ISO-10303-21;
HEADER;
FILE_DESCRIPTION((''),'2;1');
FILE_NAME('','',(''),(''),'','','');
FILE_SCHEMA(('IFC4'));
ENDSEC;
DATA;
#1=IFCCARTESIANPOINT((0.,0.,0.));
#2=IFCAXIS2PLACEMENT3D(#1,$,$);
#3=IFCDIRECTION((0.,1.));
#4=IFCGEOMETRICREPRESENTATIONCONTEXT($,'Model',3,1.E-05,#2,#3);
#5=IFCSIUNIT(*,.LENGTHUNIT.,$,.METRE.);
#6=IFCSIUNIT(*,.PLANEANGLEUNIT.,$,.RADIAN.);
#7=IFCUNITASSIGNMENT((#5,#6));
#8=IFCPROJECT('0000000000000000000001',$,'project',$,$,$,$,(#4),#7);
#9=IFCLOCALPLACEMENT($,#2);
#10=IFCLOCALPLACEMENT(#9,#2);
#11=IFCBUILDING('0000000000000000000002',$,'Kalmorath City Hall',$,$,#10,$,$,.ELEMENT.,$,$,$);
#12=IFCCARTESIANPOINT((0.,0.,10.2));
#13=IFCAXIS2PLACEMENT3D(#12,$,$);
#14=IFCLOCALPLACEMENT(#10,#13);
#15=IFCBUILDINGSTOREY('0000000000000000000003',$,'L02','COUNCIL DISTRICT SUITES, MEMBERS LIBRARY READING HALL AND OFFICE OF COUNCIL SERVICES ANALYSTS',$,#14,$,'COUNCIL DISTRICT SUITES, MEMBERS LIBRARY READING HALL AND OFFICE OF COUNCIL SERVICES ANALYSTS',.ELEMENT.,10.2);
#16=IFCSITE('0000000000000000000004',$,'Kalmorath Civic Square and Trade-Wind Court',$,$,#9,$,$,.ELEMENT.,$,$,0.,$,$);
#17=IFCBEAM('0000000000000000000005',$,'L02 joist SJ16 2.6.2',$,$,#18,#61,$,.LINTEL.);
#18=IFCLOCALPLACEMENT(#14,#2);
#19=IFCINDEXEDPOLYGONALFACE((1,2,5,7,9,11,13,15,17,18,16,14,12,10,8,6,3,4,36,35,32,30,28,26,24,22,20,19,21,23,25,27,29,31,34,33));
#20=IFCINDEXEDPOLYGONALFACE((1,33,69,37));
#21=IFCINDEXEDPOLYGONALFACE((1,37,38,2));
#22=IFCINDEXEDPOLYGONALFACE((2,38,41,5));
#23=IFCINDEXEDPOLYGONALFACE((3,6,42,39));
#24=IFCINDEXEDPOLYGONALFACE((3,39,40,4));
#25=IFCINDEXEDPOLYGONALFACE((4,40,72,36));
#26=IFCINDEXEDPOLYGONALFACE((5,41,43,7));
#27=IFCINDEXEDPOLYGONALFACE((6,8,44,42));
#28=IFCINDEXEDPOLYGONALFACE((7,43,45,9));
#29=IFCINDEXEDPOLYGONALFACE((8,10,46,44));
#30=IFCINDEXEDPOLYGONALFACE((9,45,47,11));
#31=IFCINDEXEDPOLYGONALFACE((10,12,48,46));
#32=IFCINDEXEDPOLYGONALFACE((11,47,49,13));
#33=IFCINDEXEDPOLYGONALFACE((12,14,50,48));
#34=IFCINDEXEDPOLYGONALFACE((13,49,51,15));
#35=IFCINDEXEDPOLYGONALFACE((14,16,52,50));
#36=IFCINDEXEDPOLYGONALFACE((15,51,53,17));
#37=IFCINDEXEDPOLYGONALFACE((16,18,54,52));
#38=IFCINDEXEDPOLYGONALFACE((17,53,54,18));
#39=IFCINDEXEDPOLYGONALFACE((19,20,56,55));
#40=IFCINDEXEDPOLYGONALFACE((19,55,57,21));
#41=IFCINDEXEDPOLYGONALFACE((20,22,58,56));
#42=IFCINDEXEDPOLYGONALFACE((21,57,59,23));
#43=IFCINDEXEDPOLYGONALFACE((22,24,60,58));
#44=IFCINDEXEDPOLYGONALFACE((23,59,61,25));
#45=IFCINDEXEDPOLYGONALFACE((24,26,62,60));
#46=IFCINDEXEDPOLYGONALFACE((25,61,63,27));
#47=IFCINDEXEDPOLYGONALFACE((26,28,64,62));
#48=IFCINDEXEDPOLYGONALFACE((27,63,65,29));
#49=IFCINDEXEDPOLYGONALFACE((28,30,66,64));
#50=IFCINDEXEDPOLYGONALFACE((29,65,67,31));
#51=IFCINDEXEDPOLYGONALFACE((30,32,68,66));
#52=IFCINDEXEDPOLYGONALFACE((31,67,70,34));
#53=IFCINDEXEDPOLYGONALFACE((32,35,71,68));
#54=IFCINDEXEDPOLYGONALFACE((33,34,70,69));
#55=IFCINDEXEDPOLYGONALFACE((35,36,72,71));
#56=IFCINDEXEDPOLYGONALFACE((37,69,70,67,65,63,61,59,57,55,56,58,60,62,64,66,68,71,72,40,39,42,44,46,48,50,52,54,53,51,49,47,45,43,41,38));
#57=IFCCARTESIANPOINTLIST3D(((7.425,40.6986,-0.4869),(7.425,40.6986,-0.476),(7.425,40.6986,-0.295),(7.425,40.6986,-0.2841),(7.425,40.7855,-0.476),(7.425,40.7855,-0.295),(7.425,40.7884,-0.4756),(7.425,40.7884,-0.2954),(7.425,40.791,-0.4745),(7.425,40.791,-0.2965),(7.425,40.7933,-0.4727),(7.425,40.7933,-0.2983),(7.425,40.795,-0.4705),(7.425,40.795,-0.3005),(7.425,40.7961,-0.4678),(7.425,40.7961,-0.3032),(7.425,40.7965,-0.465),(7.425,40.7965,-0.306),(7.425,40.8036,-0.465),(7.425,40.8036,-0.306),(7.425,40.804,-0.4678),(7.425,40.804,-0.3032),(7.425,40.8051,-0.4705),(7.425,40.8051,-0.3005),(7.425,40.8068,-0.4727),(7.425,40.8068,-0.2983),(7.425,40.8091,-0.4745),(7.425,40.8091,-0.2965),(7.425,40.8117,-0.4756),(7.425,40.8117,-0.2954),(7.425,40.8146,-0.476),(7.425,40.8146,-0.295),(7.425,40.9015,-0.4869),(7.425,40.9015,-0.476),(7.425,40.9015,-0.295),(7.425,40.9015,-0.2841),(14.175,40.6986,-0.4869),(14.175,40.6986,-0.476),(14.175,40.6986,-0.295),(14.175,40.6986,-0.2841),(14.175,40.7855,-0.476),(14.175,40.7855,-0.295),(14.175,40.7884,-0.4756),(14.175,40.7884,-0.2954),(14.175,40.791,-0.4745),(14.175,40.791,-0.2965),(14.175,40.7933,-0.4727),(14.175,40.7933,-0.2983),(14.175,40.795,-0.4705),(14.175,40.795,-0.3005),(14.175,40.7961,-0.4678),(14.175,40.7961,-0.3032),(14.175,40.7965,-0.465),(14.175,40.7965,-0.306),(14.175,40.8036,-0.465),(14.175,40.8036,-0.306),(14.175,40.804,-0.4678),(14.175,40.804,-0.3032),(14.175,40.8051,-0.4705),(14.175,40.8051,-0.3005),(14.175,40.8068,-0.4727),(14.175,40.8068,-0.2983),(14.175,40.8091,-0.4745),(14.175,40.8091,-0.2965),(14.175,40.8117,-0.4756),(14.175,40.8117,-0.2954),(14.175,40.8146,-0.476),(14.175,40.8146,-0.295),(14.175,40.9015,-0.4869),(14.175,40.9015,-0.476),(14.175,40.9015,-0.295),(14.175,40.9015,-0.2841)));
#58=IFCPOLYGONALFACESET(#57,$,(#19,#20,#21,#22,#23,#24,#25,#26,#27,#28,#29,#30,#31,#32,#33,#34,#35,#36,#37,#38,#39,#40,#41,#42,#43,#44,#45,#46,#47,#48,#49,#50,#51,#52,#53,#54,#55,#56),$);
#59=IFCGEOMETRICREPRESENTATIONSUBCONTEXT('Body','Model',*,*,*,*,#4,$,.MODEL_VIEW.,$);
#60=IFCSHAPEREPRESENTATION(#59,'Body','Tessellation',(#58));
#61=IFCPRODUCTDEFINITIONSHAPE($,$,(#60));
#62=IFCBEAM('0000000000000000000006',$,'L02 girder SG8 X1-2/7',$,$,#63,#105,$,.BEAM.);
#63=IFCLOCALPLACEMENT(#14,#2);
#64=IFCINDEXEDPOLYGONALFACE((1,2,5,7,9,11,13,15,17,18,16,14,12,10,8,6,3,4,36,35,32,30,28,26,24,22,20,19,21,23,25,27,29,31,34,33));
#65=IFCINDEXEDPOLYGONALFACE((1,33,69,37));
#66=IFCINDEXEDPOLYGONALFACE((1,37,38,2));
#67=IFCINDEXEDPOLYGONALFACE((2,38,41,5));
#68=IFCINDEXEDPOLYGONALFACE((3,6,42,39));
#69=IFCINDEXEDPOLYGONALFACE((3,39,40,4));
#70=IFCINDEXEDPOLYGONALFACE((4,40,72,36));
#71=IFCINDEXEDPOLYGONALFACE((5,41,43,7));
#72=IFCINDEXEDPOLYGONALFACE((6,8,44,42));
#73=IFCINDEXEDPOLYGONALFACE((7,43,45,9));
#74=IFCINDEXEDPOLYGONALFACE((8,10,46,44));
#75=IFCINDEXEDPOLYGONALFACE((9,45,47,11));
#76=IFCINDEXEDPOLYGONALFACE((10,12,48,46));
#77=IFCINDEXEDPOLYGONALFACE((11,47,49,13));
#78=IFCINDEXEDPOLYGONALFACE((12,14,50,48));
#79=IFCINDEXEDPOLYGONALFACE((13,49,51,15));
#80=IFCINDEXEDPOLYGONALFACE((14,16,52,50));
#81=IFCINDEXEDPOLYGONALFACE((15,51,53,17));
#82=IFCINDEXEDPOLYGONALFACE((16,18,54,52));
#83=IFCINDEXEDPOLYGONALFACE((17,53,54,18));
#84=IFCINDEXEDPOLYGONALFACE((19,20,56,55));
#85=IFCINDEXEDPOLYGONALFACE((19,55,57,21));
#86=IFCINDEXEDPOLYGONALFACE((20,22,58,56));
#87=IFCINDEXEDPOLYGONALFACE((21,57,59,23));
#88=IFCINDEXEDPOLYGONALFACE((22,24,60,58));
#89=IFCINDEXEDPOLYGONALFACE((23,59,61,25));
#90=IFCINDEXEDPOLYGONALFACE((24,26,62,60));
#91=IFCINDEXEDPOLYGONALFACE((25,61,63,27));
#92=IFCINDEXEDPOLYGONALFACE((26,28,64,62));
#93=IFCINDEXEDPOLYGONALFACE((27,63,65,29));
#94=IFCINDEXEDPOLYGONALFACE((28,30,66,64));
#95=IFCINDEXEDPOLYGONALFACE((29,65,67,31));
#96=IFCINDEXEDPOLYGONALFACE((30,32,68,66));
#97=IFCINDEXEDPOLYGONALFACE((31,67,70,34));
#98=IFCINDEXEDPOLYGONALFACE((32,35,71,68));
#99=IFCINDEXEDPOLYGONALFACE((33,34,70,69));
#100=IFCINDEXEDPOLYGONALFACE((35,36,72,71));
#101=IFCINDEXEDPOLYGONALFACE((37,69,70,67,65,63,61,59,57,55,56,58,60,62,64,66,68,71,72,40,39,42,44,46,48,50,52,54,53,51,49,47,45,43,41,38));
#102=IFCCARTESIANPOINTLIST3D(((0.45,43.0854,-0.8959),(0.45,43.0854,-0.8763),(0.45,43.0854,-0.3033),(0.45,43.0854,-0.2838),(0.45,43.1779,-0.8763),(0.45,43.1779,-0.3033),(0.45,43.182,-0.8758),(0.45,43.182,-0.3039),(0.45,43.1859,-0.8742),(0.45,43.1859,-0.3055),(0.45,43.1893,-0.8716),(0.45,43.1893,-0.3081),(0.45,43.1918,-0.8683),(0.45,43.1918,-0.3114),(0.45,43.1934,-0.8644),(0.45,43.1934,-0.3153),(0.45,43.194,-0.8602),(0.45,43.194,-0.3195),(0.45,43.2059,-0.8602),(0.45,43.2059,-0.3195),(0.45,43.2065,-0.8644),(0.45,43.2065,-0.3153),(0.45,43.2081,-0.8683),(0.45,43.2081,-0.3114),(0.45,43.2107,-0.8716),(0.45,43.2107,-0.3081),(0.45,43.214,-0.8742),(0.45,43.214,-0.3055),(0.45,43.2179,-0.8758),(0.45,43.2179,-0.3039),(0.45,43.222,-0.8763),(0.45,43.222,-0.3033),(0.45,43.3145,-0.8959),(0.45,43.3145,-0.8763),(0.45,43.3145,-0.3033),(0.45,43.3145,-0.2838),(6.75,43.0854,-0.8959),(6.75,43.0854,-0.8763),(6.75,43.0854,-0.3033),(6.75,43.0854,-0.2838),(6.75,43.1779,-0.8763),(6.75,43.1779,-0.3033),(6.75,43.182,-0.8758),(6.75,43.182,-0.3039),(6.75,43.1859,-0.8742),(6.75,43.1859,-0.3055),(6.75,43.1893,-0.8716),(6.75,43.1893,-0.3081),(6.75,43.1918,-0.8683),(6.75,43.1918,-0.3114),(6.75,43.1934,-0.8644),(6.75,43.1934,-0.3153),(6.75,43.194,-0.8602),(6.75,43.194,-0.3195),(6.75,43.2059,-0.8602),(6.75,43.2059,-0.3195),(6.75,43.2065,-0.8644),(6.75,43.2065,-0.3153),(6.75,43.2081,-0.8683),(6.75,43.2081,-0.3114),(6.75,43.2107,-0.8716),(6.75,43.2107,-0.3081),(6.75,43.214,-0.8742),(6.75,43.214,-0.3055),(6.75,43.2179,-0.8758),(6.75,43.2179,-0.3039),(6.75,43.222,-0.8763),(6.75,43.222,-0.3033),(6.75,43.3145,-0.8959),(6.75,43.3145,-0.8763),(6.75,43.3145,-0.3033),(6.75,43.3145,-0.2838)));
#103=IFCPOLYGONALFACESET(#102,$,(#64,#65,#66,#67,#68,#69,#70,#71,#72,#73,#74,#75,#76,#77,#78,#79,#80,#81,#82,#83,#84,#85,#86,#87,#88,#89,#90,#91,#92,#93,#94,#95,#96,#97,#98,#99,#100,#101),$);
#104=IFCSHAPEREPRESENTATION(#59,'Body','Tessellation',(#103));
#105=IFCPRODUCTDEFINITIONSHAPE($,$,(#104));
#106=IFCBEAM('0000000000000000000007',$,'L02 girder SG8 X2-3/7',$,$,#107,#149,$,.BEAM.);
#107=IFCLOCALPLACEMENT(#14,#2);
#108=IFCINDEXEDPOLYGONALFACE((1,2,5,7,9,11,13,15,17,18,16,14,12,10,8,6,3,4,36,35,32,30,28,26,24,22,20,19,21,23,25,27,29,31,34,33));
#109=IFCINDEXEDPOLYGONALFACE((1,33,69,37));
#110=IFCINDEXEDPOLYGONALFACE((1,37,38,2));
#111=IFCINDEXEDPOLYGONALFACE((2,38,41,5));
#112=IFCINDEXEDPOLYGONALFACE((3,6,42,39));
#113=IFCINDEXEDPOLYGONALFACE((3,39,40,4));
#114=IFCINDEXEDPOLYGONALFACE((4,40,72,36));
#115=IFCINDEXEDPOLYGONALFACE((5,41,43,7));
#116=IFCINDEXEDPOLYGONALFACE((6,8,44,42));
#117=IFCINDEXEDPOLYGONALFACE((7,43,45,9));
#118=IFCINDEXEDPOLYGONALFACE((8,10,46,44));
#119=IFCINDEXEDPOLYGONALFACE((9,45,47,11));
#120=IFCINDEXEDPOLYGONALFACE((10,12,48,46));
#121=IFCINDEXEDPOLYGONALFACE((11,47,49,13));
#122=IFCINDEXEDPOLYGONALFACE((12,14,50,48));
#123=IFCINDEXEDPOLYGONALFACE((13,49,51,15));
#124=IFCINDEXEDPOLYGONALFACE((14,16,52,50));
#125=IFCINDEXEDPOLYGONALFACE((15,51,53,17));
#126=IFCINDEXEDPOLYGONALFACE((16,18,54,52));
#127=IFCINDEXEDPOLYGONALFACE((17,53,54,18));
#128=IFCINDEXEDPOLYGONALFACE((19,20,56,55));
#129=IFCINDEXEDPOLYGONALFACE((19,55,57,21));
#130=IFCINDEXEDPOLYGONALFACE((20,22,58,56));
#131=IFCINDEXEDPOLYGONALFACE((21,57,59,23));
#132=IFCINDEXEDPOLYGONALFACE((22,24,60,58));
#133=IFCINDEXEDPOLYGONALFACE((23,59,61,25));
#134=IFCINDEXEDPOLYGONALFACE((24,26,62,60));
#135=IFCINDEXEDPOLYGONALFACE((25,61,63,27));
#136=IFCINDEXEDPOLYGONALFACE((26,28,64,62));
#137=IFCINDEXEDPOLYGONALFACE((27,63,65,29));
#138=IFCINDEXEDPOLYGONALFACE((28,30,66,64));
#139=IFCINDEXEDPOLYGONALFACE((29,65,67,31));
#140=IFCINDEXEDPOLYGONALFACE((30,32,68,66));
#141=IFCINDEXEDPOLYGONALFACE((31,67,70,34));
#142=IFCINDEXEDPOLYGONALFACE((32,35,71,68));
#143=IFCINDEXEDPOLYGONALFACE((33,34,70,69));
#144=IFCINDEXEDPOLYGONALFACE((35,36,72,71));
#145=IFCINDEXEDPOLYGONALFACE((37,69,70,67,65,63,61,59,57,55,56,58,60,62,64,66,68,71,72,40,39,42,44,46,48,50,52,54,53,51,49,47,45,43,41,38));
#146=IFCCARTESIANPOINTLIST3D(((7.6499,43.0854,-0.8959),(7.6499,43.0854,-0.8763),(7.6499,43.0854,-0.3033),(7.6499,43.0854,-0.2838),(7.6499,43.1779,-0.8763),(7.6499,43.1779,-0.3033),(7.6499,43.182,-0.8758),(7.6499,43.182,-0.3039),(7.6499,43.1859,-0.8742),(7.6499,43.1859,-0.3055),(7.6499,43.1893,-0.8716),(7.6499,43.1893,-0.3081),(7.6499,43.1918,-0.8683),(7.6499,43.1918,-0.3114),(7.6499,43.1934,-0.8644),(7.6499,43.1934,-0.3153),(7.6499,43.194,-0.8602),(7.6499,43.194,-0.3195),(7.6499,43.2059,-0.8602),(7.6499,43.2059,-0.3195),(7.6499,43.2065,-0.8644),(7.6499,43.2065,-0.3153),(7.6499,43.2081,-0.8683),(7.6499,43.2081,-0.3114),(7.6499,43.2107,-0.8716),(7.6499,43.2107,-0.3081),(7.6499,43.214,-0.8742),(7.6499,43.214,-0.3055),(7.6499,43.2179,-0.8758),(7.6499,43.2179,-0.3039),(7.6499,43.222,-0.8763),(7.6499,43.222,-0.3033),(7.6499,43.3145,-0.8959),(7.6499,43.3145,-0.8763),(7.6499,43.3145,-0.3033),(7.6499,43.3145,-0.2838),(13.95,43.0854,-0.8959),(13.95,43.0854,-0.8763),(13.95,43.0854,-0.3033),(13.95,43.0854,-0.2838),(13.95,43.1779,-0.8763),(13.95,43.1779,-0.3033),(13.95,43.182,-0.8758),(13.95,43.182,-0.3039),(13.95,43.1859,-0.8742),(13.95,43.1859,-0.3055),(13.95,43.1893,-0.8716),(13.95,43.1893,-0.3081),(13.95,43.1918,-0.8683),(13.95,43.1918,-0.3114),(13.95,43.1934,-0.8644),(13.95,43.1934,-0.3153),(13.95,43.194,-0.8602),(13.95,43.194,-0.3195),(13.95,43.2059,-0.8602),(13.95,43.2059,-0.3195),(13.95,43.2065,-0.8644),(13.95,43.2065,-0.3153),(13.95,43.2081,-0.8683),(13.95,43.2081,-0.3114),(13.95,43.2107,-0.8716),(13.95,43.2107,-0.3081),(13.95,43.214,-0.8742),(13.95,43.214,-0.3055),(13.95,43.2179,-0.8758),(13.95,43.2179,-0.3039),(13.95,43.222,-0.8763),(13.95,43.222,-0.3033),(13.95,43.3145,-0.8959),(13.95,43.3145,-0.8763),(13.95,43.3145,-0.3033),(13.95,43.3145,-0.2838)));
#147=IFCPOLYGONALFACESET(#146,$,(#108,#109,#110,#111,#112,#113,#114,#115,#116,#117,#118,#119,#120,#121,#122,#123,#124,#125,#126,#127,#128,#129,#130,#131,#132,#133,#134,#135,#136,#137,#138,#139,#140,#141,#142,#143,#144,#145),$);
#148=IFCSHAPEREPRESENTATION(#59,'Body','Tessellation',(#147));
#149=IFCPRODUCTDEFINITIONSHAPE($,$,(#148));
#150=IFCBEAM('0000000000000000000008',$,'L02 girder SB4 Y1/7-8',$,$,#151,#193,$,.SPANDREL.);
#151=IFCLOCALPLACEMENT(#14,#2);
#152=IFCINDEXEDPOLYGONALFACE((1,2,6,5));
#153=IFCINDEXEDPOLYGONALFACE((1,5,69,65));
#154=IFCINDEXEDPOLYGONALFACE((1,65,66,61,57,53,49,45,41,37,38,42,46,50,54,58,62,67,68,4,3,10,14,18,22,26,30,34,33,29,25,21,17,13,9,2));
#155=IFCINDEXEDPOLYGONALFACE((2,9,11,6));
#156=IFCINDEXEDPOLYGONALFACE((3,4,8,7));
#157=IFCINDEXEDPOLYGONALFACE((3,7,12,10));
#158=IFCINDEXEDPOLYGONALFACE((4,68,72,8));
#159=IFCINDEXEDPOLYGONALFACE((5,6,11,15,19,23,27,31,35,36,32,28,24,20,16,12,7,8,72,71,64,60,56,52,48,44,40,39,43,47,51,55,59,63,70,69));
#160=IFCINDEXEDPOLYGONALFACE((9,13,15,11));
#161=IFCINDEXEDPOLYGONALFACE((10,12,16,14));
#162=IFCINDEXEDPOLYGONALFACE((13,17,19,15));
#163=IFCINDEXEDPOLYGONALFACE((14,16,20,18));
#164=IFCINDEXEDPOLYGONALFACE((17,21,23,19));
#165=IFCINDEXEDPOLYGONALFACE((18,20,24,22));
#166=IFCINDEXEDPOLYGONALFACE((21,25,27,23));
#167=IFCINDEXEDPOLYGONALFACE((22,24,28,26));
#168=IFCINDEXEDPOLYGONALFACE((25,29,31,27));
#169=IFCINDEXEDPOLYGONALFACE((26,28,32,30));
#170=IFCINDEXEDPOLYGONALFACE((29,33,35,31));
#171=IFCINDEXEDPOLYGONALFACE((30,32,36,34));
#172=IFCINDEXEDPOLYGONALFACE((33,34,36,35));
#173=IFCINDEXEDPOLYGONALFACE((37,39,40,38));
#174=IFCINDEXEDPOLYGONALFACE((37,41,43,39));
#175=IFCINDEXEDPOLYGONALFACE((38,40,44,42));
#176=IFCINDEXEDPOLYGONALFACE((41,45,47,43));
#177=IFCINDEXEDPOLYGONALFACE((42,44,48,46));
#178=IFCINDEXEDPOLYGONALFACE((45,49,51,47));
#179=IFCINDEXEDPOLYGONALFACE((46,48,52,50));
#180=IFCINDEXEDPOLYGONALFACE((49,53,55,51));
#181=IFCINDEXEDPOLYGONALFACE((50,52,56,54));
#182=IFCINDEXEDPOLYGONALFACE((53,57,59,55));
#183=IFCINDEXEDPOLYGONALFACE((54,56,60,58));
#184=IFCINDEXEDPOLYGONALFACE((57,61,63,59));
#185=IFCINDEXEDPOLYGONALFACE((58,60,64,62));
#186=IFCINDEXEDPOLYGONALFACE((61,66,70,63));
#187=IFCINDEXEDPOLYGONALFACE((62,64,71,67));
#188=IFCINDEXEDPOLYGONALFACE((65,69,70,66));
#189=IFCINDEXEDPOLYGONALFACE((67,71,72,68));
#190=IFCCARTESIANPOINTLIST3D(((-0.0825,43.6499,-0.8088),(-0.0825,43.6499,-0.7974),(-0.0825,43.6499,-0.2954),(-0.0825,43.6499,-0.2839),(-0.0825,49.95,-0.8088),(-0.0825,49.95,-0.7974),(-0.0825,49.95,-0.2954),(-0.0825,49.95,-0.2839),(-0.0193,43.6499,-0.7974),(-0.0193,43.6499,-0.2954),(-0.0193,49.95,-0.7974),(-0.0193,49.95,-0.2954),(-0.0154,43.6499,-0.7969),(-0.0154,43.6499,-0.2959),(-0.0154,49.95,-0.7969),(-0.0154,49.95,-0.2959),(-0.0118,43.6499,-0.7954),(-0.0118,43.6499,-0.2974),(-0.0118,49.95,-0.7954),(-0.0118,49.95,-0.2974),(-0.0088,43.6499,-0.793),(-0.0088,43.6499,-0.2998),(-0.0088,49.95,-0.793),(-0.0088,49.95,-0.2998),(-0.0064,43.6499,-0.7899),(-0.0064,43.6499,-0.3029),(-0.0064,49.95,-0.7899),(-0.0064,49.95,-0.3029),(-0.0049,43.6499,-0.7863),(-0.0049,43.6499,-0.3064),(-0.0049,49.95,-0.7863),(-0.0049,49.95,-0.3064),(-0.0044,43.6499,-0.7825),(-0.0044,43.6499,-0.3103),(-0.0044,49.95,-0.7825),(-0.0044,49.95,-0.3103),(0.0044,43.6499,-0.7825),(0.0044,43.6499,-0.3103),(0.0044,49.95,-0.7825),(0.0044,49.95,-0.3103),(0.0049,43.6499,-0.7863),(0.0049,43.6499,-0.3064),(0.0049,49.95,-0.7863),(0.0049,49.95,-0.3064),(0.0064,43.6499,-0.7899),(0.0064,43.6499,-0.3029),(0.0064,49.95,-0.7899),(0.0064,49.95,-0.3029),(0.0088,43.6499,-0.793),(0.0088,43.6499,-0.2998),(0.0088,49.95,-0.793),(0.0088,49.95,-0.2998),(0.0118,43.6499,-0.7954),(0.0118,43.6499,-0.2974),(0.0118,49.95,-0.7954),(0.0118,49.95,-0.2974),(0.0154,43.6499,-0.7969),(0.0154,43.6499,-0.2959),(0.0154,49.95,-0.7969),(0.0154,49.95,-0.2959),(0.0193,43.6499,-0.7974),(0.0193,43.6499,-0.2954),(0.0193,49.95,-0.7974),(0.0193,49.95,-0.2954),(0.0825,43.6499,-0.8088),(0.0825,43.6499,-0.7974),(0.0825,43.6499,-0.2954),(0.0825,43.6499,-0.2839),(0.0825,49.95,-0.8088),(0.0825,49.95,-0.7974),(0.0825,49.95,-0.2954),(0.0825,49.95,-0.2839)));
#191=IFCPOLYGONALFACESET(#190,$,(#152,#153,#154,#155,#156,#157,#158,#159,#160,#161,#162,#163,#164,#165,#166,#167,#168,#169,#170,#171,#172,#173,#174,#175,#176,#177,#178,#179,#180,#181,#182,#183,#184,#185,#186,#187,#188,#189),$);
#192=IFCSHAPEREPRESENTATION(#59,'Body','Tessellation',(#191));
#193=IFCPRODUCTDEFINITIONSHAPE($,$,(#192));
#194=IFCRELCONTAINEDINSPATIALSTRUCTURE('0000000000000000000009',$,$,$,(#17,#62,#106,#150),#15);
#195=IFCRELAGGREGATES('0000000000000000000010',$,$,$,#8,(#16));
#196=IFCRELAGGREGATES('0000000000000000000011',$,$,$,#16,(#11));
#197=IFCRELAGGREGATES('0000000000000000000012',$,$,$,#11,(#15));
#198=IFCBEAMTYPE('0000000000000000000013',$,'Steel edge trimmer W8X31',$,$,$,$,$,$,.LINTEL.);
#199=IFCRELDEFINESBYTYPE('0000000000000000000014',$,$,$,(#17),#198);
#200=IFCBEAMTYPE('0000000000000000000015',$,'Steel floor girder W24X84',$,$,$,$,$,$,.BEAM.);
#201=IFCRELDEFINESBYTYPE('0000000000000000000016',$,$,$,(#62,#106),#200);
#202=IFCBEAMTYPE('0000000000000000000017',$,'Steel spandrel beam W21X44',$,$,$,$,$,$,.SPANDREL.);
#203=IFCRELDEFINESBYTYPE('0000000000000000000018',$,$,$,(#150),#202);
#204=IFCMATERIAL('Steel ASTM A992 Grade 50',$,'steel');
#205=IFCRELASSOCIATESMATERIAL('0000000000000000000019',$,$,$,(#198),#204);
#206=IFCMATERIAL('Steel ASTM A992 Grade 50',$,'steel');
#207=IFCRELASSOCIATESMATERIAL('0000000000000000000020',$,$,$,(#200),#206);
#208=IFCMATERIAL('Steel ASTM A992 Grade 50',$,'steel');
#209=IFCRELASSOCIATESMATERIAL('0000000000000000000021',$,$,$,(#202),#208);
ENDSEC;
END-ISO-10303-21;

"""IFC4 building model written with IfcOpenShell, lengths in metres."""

from ifc_helpers import new_model, si_unit, direction, frame, origin, origin_2d, place, context, subcontext, project, spatial, i_section, extrude, material, material_profile, profile_set, type_object, element, save


model = new_model("IFC4")

# Units and contexts
model_context = context("Model", 3, precision=1e-05, world=origin(), true_north=direction((0.0, 1.0)))
body_context = subcontext(model_context, "Body", "Model", "MODEL_VIEW")
ifc_project = project(units=[si_unit("LENGTHUNIT", "METRE"), si_unit("PLANEANGLEUNIT", "RADIAN")], contexts=[model_context])

# Site, building, storey
site_placement = place(None, origin())
site = spatial("IfcSite", under=ifc_project, at=site_placement, Name="Kalmorath Civic Square and Trade-Wind Court", CompositionType="ELEMENT", RefElevation=0.0)
building_placement = place(site_placement, origin())
building = spatial("IfcBuilding", under=site, at=building_placement, Name="Kalmorath City Hall", CompositionType="ELEMENT")
storey_placement = place(building_placement, frame((0.0, 0.0, 10.2)))
storey = spatial("IfcBuildingStorey", under=building, at=storey_placement, Name="L02", Description="COUNCIL DISTRICT SUITES, MEMBERS LIBRARY READING HALL AND OFFICE OF COUNCIL SERVICES ANALYSTS", LongName="COUNCIL DISTRICT SUITES, MEMBERS LIBRARY READING HALL AND OFFICE OF COUNCIL SERVICES ANALYSTS", CompositionType="ELEMENT", Elevation=10.2)

# Beams
ifc_material_1 = material(Name="Steel ASTM A992 Grade 50", Category="steel")
ifc_material_profile_1 = material_profile(ifc_material_1, i_section(OverallWidth=0.2029, OverallDepth=0.2029, WebThickness=0.0071, FlangeThickness=0.011, FilletRadius=0.011, at=origin_2d()), Name="W8X31")
ifc_profile_set_1 = profile_set([ifc_material_profile_1], Name="Steel ASTM A992 Grade 50")
beam_type_1 = type_object("IfcBeamType", Name="Steel edge trimmer W8X31", PredefinedType="LINTEL", material=ifc_profile_set_1)
beam_1_placement = place(storey_placement, frame((7.425, 40.8, -0.3855), z_axis=(1.0, 0.0, 0.0), x_axis=(0.0, 1.0, 0.0)))
element("IfcBeam", 1, at=beam_1_placement, inside=storey, type_object=beam_type_1, Name="L02 joist SJ16 2.6.2", PredefinedType="LINTEL", context=body_context, shape_type="SweptSolid", body=[
    extrude(i_section(OverallWidth=0.2029, OverallDepth=0.2029, WebThickness=0.0071, FlangeThickness=0.011, FilletRadius=0.011, at=origin_2d()), origin(), (0.0, 0.0, 1.0), 6.75),
])
ifc_material_2 = material(Name="Steel ASTM A992 Grade 50", Category="steel")
ifc_material_profile_2 = material_profile(ifc_material_2, i_section(OverallWidth=0.229, OverallDepth=0.6121, WebThickness=0.012, FlangeThickness=0.0195, FilletRadius=0.0161, at=origin_2d()), Name="W24X84")
ifc_profile_set_2 = profile_set([ifc_material_profile_2], Name="Steel ASTM A992 Grade 50")
beam_type_2 = type_object("IfcBeamType", Name="Steel floor girder W24X84", PredefinedType="BEAM", material=ifc_profile_set_2)
for number, where, z_axis, x_axis, name in (
    (2, (0.45, 43.2, -0.5898), (1.0, 0.0, 0.0), (0.0, 1.0, 0.0), "L02 girder SG8 X1-2/7"),
    (3, (7.6499, 43.2, -0.5898), (1.0, 0.0, 0.0), (0.0, 1.0, 0.0), "L02 girder SG8 X2-3/7"),
):
    element("IfcBeam", number, at=place(storey_placement, frame(where, z_axis=z_axis, x_axis=x_axis)), inside=storey, type_object=beam_type_2, Name=name, PredefinedType="BEAM", context=body_context, shape_type="SweptSolid", body=[
        extrude(i_section(OverallWidth=0.229, OverallDepth=0.6121, WebThickness=0.012, FlangeThickness=0.0195, FilletRadius=0.0161, at=origin_2d()), origin(), (0.0, 0.0, 1.0), 6.3),
    ])
ifc_material_3 = material(Name="Steel ASTM A992 Grade 50", Category="steel")
ifc_material_profile_3 = material_profile(ifc_material_3, i_section(OverallWidth=0.165, OverallDepth=0.5249, WebThickness=0.0088, FlangeThickness=0.0115, FilletRadius=0.0149, at=origin_2d()), Name="W21X44")
ifc_profile_set_3 = profile_set([ifc_material_profile_3], Name="Steel ASTM A992 Grade 50")
beam_type_3 = type_object("IfcBeamType", Name="Steel spandrel beam W21X44", PredefinedType="SPANDREL", material=ifc_profile_set_3)
beam_2_placement = place(storey_placement, frame((0.0, 43.6499, -0.5464), z_axis=(0.0, 1.0, 0.0), x_axis=(-1.0, 0.0, 0.0)))
element("IfcBeam", 4, at=beam_2_placement, inside=storey, type_object=beam_type_3, Name="L02 girder SB4 Y1/7-8", PredefinedType="SPANDREL", context=body_context, shape_type="SweptSolid", body=[
    extrude(i_section(OverallWidth=0.165, OverallDepth=0.5249, WebThickness=0.0088, FlangeThickness=0.0115, FilletRadius=0.0149, at=origin_2d()), origin(), (0.0, 0.0, 1.0), 6.3),
])

save(model, "model.ifc")
